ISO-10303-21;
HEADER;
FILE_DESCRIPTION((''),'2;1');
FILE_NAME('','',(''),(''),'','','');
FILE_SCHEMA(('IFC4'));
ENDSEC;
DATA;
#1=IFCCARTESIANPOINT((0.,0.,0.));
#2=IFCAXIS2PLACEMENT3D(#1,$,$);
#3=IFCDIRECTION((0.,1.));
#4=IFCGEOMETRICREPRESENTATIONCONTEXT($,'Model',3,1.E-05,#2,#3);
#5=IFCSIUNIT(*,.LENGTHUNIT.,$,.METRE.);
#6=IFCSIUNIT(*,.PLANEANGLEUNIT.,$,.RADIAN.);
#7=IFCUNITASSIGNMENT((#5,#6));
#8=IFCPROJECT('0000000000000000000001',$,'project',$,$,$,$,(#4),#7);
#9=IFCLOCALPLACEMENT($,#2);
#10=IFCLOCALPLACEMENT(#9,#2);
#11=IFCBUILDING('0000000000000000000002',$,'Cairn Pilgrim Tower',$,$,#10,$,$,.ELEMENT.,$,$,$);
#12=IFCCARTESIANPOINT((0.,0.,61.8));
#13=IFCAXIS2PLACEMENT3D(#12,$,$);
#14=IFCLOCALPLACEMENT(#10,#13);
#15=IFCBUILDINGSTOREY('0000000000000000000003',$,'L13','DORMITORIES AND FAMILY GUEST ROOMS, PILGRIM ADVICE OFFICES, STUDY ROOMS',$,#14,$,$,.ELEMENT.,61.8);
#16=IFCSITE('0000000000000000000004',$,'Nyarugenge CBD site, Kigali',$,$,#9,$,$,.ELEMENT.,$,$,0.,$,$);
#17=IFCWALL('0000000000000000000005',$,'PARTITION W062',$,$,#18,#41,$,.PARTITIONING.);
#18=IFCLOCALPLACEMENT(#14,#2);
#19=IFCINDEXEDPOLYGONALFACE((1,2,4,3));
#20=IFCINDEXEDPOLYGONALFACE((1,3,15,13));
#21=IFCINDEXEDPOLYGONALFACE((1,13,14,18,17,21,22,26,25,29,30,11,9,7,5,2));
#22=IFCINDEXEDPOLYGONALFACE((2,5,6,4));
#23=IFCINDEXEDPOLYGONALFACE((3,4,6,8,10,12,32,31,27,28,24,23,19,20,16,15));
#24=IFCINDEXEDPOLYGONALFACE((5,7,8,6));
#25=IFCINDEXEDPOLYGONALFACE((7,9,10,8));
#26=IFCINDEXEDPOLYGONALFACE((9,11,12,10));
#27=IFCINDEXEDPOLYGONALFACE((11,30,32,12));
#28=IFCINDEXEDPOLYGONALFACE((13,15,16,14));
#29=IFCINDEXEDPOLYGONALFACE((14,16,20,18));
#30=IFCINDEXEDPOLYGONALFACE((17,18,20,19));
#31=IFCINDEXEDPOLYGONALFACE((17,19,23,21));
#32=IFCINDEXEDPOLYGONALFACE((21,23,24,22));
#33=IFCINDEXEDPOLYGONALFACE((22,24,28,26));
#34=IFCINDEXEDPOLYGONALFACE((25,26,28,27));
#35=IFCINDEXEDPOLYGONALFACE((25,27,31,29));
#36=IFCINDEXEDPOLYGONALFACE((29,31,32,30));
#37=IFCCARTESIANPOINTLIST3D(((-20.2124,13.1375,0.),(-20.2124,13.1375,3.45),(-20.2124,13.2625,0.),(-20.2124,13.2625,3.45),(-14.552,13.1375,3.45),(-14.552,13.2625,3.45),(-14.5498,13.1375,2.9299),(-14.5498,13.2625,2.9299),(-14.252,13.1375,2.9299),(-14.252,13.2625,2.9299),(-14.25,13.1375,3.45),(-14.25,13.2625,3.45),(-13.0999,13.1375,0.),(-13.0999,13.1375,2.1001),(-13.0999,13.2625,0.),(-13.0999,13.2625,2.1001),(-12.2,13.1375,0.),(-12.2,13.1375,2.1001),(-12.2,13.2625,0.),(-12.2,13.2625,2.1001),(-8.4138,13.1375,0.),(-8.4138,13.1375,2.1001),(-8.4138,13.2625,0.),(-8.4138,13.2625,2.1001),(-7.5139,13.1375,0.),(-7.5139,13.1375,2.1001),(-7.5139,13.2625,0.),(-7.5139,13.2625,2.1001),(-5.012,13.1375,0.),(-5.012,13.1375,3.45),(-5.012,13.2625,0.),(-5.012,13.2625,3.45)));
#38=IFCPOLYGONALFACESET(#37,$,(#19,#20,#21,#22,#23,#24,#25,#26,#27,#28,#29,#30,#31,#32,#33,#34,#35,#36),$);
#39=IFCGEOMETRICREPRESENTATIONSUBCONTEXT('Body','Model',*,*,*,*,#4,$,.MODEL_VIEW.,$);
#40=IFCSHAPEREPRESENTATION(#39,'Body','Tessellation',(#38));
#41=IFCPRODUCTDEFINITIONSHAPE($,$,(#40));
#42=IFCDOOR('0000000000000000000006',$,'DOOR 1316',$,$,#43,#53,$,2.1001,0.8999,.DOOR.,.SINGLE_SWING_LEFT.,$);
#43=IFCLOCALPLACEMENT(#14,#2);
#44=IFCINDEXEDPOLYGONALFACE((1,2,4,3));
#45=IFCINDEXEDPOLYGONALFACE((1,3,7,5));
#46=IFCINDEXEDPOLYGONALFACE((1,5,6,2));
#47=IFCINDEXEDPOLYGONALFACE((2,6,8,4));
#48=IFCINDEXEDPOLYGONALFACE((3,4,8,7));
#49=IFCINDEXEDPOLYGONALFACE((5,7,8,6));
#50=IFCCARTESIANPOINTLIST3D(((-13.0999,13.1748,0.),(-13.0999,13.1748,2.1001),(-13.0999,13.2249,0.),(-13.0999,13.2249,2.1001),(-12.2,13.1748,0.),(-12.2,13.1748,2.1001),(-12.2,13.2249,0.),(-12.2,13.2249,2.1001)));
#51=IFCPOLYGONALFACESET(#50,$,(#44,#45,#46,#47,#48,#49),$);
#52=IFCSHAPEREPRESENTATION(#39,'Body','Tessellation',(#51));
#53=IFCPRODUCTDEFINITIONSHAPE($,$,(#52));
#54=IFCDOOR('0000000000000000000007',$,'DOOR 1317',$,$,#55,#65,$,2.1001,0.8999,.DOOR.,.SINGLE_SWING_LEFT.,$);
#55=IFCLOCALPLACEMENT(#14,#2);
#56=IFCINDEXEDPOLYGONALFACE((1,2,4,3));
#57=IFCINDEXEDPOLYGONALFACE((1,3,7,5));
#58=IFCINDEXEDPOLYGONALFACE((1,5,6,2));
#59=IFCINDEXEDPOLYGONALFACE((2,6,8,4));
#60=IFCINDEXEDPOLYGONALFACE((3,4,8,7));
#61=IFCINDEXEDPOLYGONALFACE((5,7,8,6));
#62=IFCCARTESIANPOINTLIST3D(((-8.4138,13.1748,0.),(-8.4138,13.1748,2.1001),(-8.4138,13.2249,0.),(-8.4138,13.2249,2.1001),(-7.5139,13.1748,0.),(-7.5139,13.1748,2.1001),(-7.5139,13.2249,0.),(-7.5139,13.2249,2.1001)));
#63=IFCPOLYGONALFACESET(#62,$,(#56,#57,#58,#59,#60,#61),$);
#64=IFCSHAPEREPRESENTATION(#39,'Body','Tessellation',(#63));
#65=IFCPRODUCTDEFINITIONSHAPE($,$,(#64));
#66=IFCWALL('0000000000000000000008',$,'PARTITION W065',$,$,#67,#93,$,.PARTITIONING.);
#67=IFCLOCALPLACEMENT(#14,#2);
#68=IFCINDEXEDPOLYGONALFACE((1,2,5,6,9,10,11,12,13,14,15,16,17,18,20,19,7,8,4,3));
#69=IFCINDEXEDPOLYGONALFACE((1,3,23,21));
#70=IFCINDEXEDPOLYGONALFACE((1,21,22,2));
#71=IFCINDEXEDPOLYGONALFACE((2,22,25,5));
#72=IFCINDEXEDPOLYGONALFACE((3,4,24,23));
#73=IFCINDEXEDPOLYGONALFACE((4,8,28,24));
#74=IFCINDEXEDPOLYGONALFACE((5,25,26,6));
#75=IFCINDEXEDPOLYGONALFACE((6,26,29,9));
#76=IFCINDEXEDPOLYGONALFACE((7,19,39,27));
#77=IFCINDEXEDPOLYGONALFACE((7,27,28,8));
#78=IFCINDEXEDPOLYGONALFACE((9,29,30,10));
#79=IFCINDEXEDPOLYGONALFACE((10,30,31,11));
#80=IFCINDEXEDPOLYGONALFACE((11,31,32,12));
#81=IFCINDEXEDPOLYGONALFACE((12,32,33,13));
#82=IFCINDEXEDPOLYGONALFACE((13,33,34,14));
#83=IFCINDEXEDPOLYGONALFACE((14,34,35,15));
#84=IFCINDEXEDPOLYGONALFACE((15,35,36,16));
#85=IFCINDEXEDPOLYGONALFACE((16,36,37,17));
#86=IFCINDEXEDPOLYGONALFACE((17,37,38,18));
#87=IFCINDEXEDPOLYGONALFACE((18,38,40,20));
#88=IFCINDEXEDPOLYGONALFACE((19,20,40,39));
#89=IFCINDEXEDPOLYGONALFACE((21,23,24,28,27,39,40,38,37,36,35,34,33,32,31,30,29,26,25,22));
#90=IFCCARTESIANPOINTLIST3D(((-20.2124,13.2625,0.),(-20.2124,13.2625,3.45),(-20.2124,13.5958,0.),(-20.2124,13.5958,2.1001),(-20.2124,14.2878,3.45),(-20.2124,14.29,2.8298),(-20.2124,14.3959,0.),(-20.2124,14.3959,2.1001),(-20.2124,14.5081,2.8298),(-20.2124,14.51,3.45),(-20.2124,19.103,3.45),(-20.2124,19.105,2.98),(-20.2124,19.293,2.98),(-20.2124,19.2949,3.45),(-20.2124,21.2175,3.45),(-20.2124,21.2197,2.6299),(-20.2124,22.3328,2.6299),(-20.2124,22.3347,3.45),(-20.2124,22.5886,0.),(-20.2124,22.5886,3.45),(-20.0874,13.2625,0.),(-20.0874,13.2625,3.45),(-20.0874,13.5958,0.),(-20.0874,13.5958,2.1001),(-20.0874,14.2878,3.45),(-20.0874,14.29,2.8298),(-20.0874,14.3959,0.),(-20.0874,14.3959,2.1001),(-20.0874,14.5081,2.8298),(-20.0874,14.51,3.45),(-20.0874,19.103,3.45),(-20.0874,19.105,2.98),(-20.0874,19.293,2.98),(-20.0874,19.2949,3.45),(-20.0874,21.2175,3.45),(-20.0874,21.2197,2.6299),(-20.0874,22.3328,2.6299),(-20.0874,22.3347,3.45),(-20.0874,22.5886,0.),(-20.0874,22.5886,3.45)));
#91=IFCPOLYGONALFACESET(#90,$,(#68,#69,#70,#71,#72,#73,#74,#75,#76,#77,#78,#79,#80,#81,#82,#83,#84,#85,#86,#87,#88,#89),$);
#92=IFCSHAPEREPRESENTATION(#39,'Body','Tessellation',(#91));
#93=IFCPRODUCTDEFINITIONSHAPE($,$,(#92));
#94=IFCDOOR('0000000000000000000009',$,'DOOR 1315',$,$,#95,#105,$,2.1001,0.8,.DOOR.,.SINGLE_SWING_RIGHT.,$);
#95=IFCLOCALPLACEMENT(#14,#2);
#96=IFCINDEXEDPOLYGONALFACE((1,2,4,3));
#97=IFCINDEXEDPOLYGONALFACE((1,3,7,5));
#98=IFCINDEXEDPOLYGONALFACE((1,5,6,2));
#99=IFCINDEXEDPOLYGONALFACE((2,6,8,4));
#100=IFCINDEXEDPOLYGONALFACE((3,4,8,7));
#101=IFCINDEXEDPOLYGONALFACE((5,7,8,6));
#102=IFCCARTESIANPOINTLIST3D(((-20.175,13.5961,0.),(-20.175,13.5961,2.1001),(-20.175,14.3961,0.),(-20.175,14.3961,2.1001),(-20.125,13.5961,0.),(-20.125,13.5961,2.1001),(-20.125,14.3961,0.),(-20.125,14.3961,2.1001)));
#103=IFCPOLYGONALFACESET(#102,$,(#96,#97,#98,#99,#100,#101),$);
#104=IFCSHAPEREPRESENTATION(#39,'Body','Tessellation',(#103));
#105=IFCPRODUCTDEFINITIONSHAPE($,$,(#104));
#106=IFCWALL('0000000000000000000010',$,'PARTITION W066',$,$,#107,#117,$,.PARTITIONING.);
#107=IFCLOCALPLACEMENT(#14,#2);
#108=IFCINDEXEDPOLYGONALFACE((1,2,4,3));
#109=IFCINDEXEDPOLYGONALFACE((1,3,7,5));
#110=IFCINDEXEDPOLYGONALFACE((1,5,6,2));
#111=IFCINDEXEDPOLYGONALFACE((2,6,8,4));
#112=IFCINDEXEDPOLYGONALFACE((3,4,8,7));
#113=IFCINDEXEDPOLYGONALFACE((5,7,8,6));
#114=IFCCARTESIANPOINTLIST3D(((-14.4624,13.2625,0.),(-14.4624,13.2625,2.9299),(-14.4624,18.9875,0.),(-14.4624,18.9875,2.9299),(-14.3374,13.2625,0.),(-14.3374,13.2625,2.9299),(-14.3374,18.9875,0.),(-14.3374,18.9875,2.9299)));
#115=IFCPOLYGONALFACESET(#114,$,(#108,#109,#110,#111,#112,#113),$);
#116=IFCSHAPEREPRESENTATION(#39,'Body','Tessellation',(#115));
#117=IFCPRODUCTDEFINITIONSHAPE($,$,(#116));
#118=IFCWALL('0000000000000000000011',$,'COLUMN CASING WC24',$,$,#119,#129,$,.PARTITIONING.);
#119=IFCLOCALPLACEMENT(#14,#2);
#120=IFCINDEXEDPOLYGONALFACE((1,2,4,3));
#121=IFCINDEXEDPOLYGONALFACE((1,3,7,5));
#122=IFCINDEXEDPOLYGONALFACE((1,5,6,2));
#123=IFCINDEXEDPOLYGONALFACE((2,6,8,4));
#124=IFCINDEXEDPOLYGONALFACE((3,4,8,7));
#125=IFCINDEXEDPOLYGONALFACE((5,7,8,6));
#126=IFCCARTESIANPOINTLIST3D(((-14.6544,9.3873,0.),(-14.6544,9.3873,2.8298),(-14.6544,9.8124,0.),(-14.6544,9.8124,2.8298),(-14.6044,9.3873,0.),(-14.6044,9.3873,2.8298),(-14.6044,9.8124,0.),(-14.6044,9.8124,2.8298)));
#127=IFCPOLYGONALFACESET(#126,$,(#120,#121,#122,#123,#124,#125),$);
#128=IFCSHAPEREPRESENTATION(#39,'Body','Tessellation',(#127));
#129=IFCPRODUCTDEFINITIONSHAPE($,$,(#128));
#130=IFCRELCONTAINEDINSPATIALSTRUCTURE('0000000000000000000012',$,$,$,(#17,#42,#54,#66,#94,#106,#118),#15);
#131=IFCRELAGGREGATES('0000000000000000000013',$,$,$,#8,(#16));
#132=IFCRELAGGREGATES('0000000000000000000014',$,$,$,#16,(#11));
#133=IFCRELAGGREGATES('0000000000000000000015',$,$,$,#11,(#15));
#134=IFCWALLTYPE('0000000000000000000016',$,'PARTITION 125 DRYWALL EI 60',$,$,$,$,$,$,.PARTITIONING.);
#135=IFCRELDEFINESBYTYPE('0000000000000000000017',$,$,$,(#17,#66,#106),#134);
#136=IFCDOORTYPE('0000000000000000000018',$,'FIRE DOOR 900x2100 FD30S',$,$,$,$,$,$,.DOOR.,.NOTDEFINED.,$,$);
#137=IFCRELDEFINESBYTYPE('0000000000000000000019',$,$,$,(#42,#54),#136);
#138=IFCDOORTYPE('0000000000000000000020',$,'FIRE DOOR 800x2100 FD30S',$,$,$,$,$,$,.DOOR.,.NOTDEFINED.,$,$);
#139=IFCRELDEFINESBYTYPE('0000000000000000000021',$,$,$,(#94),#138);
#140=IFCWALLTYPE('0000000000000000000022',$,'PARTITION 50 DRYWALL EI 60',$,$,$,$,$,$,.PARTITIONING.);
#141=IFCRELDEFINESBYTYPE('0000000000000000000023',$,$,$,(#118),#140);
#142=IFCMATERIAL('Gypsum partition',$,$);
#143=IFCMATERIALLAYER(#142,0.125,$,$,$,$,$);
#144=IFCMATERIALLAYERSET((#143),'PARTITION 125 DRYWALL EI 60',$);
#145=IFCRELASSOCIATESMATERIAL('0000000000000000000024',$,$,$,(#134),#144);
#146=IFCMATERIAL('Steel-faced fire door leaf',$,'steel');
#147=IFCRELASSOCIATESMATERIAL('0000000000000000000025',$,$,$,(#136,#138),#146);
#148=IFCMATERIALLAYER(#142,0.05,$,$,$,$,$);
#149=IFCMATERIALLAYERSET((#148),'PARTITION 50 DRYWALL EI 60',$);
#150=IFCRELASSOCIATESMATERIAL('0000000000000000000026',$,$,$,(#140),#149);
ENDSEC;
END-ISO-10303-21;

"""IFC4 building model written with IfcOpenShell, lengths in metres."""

from ifc_helpers import new_model, si_unit, direction, frame, frame_2d, origin, place, context, subcontext, project, spatial, polyline, rectangle, outline, extrude, material, layer, layer_set, type_object, element, fill, save


model = new_model("IFC4")

# Units and contexts
model_context = context("Model", 3, precision=1e-05, world=origin(), true_north=direction((0.0, 1.0)))
body_context = subcontext(model_context, "Body", "Model", "MODEL_VIEW")
ifc_project = project(units=[si_unit("LENGTHUNIT", "METRE"), si_unit("PLANEANGLEUNIT", "RADIAN")], contexts=[model_context])

# Site, building, storey
site_placement = place(None, origin())
site = spatial("IfcSite", under=ifc_project, at=site_placement, Name="Nyarugenge CBD site, Kigali", CompositionType="ELEMENT", RefElevation=0.0)
building_placement = place(site_placement, origin())
building = spatial("IfcBuilding", under=site, at=building_placement, Name="Cairn Pilgrim Tower", CompositionType="ELEMENT")
storey_placement = place(building_placement, frame((0.0, 0.0, 61.8)))
storey = spatial("IfcBuildingStorey", under=building, at=storey_placement, Name="L13", Description="DORMITORIES AND FAMILY GUEST ROOMS, PILGRIM ADVICE OFFICES, STUDY ROOMS", CompositionType="ELEMENT", Elevation=61.8)

# Shared definitions
ifc_material_1 = material(Name="Gypsum partition")
ifc_layer_1 = layer(ifc_material_1, 0.125)
ifc_layer_set_1 = layer_set([ifc_layer_1], Name="PARTITION 125 DRYWALL EI 60")
wall_type_1 = type_object("IfcWallType", Name="PARTITION 125 DRYWALL EI 60", PredefinedType="PARTITIONING", material=ifc_layer_set_1)
ifc_material_2 = material(Name="Steel-faced fire door leaf", Category="steel")
door_type_1 = type_object("IfcDoorType", Name="FIRE DOOR 900x2100 FD30S", OperationType="NOTDEFINED", PredefinedType="DOOR", material=ifc_material_2)
door_type_2 = type_object("IfcDoorType", Name="FIRE DOOR 800x2100 FD30S", OperationType="NOTDEFINED", PredefinedType="DOOR", material=ifc_material_2)

# Wall, openings, doors
wall_1_placement = place(storey_placement, frame((-20.2124, 13.2, 0.0), z_axis=(0.0, 0.0, 1.0), x_axis=(1.0, 0.0, 0.0)))
wall_1 = element("IfcWall", 1, at=wall_1_placement, inside=storey, type_object=wall_type_1, Name="PARTITION W062", PredefinedType="PARTITIONING", context=body_context, shape_type="SweptSolid", body=[
    extrude(outline(polyline([(0.0, 0.0), (15.2004, 0.0), (15.2004, 3.45), (5.9624, 3.45), (5.9604, 2.9299), (5.6626, 2.9299), (5.6604, 3.45), (0.0, 3.45), (0.0, 0.0)])), frame((0.0, 0.0625, 0.0), z_axis=(0.0, -1.0, 0.0), x_axis=(1.0, 0.0, 0.0)), (0.0, 0.0, 1.0), 0.125),
])
opening_1_placement = place(wall_1_placement, frame((7.1125, 0.0, 0.0)))
opening_1 = element("IfcOpeningElement", 2, at=opening_1_placement, cuts=wall_1, PredefinedType="OPENING", context=body_context, shape_type="SweptSolid", body=[
    extrude(rectangle(XDim=0.8999, YDim=2.1001, at=frame_2d((0.45, 1.05))), frame((0.0, 0.0725, 0.0), z_axis=(0.0, -1.0, 0.0), x_axis=(1.0, 0.0, 0.0)), (0.0, 0.0, 1.0), 0.145),
])
opening_2_placement = place(wall_1_placement, frame((11.7986, 0.0, 0.0)))
opening_2 = element("IfcOpeningElement", 3, at=opening_2_placement, cuts=wall_1, PredefinedType="OPENING", context=body_context, shape_type="SweptSolid", body=[
    extrude(rectangle(XDim=0.8999, YDim=2.1001, at=frame_2d((0.45, 1.05))), frame((0.0, 0.0725, 0.0), z_axis=(0.0, -1.0, 0.0), x_axis=(1.0, 0.0, 0.0)), (0.0, 0.0, 1.0), 0.145),
])
door_1_placement = place(opening_1_placement, origin())
door_1 = element("IfcDoor", 4, at=door_1_placement, inside=storey, type_object=door_type_1, Name="DOOR 1316", OperationType="SINGLE_SWING_LEFT", OverallHeight=2.1001, OverallWidth=0.8999, PredefinedType="DOOR", context=body_context, shape_type="SweptSolid", body=[
    extrude(rectangle(XDim=0.8999, YDim=2.1001, at=frame_2d((0.45, 1.05))), frame((0.0, 0.0249, 0.0), z_axis=(0.0, -1.0, 0.0), x_axis=(1.0, 0.0, 0.0)), (0.0, 0.0, 1.0), 0.05),
])
fill(opening_1, door_1)
door_2_placement = place(opening_2_placement, origin())
door_2 = element("IfcDoor", 5, at=door_2_placement, inside=storey, type_object=door_type_1, Name="DOOR 1317", OperationType="SINGLE_SWING_LEFT", OverallHeight=2.1001, OverallWidth=0.8999, PredefinedType="DOOR", context=body_context, shape_type="SweptSolid", body=[
    extrude(rectangle(XDim=0.8999, YDim=2.1001, at=frame_2d((0.45, 1.05))), frame((0.0, 0.0249, 0.0), z_axis=(0.0, -1.0, 0.0), x_axis=(1.0, 0.0, 0.0)), (0.0, 0.0, 1.0), 0.05),
])
fill(opening_2, door_2)

# Wall, opening, door
wall_2_placement = place(storey_placement, frame((-20.1499, 13.2625, 0.0), z_axis=(0.0, 0.0, 1.0), x_axis=(0.0, 1.0, 0.0)))
wall_2 = element("IfcWall", 6, at=wall_2_placement, inside=storey, type_object=wall_type_1, Name="PARTITION W065", PredefinedType="PARTITIONING", context=body_context, shape_type="SweptSolid", body=[
    extrude(outline(polyline([(0.0, 0.0), (9.3262, 0.0), (9.3262, 3.45), (9.0723, 3.45), (9.0703, 2.6299), (7.9573, 2.6299), (7.9551, 3.45), (6.0325, 3.45), (6.0305, 2.98), (5.8425, 2.98), (5.8406, 3.45), (1.2476, 3.45), (1.2456, 2.8298), (1.0276, 2.8298), (1.0254, 3.45), (0.0, 3.45), (0.0, 0.0)])), frame((0.0, 0.0625, 0.0), z_axis=(0.0, -1.0, 0.0), x_axis=(1.0, 0.0, 0.0)), (0.0, 0.0, 1.0), 0.125),
])
opening_3_placement = place(wall_2_placement, frame((0.3335, 0.0, 0.0)))
opening_3 = element("IfcOpeningElement", 7, at=opening_3_placement, cuts=wall_2, PredefinedType="OPENING", context=body_context, shape_type="SweptSolid", body=[
    extrude(rectangle(XDim=0.8, YDim=2.1001, at=frame_2d((0.3999, 1.05))), frame((0.0, 0.0725, 0.0), z_axis=(0.0, -1.0, 0.0), x_axis=(1.0, 0.0, 0.0)), (0.0, 0.0, 1.0), 0.145),
])
door_3_placement = place(opening_3_placement, frame((0.8, 0.0, 0.0), z_axis=(0.0, 0.0, 1.0), x_axis=(-1.0, 0.0, 0.0)))
door_3 = element("IfcDoor", 8, at=door_3_placement, inside=storey, type_object=door_type_2, Name="DOOR 1315", OperationType="SINGLE_SWING_RIGHT", OverallHeight=2.1001, OverallWidth=0.8, PredefinedType="DOOR", context=body_context, shape_type="SweptSolid", body=[
    extrude(rectangle(XDim=0.8, YDim=2.1001, at=frame_2d((0.3999, 1.05))), frame((0.0, 0.0249, 0.0), z_axis=(0.0, -1.0, 0.0), x_axis=(1.0, 0.0, 0.0)), (0.0, 0.0, 1.0), 0.05),
])
fill(opening_3, door_3)

# Walls
wall_3_placement = place(storey_placement, frame((-14.3999, 13.2625, 0.0), z_axis=(0.0, 0.0, 1.0), x_axis=(0.0, 1.0, 0.0)))
element("IfcWall", 9, at=wall_3_placement, inside=storey, type_object=wall_type_1, Name="PARTITION W066", PredefinedType="PARTITIONING", context=body_context, shape_type="SweptSolid", body=[
    extrude(rectangle(XDim=5.7251, YDim=0.125, at=frame_2d((2.8625, 0.0))), origin(), (0.0, 0.0, 1.0), 2.9299),
])
ifc_layer_2 = layer(ifc_material_1, 0.05)
ifc_layer_set_2 = layer_set([ifc_layer_2], Name="PARTITION 50 DRYWALL EI 60")
wall_type_2 = type_object("IfcWallType", Name="PARTITION 50 DRYWALL EI 60", PredefinedType="PARTITIONING", material=ifc_layer_set_2)
wall_4_placement = place(storey_placement, frame((-14.6294, 9.3875, 0.0), z_axis=(0.0, 0.0, 1.0), x_axis=(0.0, 1.0, 0.0)))
element("IfcWall", 10, at=wall_4_placement, inside=storey, type_object=wall_type_2, Name="COLUMN CASING WC24", PredefinedType="PARTITIONING", context=body_context, shape_type="SweptSolid", body=[
    extrude(rectangle(XDim=0.425, YDim=0.05, at=frame_2d((0.2124, 0.0))), origin(), (0.0, 0.0, 1.0), 2.8298),
])

save(model, "model.ifc")
